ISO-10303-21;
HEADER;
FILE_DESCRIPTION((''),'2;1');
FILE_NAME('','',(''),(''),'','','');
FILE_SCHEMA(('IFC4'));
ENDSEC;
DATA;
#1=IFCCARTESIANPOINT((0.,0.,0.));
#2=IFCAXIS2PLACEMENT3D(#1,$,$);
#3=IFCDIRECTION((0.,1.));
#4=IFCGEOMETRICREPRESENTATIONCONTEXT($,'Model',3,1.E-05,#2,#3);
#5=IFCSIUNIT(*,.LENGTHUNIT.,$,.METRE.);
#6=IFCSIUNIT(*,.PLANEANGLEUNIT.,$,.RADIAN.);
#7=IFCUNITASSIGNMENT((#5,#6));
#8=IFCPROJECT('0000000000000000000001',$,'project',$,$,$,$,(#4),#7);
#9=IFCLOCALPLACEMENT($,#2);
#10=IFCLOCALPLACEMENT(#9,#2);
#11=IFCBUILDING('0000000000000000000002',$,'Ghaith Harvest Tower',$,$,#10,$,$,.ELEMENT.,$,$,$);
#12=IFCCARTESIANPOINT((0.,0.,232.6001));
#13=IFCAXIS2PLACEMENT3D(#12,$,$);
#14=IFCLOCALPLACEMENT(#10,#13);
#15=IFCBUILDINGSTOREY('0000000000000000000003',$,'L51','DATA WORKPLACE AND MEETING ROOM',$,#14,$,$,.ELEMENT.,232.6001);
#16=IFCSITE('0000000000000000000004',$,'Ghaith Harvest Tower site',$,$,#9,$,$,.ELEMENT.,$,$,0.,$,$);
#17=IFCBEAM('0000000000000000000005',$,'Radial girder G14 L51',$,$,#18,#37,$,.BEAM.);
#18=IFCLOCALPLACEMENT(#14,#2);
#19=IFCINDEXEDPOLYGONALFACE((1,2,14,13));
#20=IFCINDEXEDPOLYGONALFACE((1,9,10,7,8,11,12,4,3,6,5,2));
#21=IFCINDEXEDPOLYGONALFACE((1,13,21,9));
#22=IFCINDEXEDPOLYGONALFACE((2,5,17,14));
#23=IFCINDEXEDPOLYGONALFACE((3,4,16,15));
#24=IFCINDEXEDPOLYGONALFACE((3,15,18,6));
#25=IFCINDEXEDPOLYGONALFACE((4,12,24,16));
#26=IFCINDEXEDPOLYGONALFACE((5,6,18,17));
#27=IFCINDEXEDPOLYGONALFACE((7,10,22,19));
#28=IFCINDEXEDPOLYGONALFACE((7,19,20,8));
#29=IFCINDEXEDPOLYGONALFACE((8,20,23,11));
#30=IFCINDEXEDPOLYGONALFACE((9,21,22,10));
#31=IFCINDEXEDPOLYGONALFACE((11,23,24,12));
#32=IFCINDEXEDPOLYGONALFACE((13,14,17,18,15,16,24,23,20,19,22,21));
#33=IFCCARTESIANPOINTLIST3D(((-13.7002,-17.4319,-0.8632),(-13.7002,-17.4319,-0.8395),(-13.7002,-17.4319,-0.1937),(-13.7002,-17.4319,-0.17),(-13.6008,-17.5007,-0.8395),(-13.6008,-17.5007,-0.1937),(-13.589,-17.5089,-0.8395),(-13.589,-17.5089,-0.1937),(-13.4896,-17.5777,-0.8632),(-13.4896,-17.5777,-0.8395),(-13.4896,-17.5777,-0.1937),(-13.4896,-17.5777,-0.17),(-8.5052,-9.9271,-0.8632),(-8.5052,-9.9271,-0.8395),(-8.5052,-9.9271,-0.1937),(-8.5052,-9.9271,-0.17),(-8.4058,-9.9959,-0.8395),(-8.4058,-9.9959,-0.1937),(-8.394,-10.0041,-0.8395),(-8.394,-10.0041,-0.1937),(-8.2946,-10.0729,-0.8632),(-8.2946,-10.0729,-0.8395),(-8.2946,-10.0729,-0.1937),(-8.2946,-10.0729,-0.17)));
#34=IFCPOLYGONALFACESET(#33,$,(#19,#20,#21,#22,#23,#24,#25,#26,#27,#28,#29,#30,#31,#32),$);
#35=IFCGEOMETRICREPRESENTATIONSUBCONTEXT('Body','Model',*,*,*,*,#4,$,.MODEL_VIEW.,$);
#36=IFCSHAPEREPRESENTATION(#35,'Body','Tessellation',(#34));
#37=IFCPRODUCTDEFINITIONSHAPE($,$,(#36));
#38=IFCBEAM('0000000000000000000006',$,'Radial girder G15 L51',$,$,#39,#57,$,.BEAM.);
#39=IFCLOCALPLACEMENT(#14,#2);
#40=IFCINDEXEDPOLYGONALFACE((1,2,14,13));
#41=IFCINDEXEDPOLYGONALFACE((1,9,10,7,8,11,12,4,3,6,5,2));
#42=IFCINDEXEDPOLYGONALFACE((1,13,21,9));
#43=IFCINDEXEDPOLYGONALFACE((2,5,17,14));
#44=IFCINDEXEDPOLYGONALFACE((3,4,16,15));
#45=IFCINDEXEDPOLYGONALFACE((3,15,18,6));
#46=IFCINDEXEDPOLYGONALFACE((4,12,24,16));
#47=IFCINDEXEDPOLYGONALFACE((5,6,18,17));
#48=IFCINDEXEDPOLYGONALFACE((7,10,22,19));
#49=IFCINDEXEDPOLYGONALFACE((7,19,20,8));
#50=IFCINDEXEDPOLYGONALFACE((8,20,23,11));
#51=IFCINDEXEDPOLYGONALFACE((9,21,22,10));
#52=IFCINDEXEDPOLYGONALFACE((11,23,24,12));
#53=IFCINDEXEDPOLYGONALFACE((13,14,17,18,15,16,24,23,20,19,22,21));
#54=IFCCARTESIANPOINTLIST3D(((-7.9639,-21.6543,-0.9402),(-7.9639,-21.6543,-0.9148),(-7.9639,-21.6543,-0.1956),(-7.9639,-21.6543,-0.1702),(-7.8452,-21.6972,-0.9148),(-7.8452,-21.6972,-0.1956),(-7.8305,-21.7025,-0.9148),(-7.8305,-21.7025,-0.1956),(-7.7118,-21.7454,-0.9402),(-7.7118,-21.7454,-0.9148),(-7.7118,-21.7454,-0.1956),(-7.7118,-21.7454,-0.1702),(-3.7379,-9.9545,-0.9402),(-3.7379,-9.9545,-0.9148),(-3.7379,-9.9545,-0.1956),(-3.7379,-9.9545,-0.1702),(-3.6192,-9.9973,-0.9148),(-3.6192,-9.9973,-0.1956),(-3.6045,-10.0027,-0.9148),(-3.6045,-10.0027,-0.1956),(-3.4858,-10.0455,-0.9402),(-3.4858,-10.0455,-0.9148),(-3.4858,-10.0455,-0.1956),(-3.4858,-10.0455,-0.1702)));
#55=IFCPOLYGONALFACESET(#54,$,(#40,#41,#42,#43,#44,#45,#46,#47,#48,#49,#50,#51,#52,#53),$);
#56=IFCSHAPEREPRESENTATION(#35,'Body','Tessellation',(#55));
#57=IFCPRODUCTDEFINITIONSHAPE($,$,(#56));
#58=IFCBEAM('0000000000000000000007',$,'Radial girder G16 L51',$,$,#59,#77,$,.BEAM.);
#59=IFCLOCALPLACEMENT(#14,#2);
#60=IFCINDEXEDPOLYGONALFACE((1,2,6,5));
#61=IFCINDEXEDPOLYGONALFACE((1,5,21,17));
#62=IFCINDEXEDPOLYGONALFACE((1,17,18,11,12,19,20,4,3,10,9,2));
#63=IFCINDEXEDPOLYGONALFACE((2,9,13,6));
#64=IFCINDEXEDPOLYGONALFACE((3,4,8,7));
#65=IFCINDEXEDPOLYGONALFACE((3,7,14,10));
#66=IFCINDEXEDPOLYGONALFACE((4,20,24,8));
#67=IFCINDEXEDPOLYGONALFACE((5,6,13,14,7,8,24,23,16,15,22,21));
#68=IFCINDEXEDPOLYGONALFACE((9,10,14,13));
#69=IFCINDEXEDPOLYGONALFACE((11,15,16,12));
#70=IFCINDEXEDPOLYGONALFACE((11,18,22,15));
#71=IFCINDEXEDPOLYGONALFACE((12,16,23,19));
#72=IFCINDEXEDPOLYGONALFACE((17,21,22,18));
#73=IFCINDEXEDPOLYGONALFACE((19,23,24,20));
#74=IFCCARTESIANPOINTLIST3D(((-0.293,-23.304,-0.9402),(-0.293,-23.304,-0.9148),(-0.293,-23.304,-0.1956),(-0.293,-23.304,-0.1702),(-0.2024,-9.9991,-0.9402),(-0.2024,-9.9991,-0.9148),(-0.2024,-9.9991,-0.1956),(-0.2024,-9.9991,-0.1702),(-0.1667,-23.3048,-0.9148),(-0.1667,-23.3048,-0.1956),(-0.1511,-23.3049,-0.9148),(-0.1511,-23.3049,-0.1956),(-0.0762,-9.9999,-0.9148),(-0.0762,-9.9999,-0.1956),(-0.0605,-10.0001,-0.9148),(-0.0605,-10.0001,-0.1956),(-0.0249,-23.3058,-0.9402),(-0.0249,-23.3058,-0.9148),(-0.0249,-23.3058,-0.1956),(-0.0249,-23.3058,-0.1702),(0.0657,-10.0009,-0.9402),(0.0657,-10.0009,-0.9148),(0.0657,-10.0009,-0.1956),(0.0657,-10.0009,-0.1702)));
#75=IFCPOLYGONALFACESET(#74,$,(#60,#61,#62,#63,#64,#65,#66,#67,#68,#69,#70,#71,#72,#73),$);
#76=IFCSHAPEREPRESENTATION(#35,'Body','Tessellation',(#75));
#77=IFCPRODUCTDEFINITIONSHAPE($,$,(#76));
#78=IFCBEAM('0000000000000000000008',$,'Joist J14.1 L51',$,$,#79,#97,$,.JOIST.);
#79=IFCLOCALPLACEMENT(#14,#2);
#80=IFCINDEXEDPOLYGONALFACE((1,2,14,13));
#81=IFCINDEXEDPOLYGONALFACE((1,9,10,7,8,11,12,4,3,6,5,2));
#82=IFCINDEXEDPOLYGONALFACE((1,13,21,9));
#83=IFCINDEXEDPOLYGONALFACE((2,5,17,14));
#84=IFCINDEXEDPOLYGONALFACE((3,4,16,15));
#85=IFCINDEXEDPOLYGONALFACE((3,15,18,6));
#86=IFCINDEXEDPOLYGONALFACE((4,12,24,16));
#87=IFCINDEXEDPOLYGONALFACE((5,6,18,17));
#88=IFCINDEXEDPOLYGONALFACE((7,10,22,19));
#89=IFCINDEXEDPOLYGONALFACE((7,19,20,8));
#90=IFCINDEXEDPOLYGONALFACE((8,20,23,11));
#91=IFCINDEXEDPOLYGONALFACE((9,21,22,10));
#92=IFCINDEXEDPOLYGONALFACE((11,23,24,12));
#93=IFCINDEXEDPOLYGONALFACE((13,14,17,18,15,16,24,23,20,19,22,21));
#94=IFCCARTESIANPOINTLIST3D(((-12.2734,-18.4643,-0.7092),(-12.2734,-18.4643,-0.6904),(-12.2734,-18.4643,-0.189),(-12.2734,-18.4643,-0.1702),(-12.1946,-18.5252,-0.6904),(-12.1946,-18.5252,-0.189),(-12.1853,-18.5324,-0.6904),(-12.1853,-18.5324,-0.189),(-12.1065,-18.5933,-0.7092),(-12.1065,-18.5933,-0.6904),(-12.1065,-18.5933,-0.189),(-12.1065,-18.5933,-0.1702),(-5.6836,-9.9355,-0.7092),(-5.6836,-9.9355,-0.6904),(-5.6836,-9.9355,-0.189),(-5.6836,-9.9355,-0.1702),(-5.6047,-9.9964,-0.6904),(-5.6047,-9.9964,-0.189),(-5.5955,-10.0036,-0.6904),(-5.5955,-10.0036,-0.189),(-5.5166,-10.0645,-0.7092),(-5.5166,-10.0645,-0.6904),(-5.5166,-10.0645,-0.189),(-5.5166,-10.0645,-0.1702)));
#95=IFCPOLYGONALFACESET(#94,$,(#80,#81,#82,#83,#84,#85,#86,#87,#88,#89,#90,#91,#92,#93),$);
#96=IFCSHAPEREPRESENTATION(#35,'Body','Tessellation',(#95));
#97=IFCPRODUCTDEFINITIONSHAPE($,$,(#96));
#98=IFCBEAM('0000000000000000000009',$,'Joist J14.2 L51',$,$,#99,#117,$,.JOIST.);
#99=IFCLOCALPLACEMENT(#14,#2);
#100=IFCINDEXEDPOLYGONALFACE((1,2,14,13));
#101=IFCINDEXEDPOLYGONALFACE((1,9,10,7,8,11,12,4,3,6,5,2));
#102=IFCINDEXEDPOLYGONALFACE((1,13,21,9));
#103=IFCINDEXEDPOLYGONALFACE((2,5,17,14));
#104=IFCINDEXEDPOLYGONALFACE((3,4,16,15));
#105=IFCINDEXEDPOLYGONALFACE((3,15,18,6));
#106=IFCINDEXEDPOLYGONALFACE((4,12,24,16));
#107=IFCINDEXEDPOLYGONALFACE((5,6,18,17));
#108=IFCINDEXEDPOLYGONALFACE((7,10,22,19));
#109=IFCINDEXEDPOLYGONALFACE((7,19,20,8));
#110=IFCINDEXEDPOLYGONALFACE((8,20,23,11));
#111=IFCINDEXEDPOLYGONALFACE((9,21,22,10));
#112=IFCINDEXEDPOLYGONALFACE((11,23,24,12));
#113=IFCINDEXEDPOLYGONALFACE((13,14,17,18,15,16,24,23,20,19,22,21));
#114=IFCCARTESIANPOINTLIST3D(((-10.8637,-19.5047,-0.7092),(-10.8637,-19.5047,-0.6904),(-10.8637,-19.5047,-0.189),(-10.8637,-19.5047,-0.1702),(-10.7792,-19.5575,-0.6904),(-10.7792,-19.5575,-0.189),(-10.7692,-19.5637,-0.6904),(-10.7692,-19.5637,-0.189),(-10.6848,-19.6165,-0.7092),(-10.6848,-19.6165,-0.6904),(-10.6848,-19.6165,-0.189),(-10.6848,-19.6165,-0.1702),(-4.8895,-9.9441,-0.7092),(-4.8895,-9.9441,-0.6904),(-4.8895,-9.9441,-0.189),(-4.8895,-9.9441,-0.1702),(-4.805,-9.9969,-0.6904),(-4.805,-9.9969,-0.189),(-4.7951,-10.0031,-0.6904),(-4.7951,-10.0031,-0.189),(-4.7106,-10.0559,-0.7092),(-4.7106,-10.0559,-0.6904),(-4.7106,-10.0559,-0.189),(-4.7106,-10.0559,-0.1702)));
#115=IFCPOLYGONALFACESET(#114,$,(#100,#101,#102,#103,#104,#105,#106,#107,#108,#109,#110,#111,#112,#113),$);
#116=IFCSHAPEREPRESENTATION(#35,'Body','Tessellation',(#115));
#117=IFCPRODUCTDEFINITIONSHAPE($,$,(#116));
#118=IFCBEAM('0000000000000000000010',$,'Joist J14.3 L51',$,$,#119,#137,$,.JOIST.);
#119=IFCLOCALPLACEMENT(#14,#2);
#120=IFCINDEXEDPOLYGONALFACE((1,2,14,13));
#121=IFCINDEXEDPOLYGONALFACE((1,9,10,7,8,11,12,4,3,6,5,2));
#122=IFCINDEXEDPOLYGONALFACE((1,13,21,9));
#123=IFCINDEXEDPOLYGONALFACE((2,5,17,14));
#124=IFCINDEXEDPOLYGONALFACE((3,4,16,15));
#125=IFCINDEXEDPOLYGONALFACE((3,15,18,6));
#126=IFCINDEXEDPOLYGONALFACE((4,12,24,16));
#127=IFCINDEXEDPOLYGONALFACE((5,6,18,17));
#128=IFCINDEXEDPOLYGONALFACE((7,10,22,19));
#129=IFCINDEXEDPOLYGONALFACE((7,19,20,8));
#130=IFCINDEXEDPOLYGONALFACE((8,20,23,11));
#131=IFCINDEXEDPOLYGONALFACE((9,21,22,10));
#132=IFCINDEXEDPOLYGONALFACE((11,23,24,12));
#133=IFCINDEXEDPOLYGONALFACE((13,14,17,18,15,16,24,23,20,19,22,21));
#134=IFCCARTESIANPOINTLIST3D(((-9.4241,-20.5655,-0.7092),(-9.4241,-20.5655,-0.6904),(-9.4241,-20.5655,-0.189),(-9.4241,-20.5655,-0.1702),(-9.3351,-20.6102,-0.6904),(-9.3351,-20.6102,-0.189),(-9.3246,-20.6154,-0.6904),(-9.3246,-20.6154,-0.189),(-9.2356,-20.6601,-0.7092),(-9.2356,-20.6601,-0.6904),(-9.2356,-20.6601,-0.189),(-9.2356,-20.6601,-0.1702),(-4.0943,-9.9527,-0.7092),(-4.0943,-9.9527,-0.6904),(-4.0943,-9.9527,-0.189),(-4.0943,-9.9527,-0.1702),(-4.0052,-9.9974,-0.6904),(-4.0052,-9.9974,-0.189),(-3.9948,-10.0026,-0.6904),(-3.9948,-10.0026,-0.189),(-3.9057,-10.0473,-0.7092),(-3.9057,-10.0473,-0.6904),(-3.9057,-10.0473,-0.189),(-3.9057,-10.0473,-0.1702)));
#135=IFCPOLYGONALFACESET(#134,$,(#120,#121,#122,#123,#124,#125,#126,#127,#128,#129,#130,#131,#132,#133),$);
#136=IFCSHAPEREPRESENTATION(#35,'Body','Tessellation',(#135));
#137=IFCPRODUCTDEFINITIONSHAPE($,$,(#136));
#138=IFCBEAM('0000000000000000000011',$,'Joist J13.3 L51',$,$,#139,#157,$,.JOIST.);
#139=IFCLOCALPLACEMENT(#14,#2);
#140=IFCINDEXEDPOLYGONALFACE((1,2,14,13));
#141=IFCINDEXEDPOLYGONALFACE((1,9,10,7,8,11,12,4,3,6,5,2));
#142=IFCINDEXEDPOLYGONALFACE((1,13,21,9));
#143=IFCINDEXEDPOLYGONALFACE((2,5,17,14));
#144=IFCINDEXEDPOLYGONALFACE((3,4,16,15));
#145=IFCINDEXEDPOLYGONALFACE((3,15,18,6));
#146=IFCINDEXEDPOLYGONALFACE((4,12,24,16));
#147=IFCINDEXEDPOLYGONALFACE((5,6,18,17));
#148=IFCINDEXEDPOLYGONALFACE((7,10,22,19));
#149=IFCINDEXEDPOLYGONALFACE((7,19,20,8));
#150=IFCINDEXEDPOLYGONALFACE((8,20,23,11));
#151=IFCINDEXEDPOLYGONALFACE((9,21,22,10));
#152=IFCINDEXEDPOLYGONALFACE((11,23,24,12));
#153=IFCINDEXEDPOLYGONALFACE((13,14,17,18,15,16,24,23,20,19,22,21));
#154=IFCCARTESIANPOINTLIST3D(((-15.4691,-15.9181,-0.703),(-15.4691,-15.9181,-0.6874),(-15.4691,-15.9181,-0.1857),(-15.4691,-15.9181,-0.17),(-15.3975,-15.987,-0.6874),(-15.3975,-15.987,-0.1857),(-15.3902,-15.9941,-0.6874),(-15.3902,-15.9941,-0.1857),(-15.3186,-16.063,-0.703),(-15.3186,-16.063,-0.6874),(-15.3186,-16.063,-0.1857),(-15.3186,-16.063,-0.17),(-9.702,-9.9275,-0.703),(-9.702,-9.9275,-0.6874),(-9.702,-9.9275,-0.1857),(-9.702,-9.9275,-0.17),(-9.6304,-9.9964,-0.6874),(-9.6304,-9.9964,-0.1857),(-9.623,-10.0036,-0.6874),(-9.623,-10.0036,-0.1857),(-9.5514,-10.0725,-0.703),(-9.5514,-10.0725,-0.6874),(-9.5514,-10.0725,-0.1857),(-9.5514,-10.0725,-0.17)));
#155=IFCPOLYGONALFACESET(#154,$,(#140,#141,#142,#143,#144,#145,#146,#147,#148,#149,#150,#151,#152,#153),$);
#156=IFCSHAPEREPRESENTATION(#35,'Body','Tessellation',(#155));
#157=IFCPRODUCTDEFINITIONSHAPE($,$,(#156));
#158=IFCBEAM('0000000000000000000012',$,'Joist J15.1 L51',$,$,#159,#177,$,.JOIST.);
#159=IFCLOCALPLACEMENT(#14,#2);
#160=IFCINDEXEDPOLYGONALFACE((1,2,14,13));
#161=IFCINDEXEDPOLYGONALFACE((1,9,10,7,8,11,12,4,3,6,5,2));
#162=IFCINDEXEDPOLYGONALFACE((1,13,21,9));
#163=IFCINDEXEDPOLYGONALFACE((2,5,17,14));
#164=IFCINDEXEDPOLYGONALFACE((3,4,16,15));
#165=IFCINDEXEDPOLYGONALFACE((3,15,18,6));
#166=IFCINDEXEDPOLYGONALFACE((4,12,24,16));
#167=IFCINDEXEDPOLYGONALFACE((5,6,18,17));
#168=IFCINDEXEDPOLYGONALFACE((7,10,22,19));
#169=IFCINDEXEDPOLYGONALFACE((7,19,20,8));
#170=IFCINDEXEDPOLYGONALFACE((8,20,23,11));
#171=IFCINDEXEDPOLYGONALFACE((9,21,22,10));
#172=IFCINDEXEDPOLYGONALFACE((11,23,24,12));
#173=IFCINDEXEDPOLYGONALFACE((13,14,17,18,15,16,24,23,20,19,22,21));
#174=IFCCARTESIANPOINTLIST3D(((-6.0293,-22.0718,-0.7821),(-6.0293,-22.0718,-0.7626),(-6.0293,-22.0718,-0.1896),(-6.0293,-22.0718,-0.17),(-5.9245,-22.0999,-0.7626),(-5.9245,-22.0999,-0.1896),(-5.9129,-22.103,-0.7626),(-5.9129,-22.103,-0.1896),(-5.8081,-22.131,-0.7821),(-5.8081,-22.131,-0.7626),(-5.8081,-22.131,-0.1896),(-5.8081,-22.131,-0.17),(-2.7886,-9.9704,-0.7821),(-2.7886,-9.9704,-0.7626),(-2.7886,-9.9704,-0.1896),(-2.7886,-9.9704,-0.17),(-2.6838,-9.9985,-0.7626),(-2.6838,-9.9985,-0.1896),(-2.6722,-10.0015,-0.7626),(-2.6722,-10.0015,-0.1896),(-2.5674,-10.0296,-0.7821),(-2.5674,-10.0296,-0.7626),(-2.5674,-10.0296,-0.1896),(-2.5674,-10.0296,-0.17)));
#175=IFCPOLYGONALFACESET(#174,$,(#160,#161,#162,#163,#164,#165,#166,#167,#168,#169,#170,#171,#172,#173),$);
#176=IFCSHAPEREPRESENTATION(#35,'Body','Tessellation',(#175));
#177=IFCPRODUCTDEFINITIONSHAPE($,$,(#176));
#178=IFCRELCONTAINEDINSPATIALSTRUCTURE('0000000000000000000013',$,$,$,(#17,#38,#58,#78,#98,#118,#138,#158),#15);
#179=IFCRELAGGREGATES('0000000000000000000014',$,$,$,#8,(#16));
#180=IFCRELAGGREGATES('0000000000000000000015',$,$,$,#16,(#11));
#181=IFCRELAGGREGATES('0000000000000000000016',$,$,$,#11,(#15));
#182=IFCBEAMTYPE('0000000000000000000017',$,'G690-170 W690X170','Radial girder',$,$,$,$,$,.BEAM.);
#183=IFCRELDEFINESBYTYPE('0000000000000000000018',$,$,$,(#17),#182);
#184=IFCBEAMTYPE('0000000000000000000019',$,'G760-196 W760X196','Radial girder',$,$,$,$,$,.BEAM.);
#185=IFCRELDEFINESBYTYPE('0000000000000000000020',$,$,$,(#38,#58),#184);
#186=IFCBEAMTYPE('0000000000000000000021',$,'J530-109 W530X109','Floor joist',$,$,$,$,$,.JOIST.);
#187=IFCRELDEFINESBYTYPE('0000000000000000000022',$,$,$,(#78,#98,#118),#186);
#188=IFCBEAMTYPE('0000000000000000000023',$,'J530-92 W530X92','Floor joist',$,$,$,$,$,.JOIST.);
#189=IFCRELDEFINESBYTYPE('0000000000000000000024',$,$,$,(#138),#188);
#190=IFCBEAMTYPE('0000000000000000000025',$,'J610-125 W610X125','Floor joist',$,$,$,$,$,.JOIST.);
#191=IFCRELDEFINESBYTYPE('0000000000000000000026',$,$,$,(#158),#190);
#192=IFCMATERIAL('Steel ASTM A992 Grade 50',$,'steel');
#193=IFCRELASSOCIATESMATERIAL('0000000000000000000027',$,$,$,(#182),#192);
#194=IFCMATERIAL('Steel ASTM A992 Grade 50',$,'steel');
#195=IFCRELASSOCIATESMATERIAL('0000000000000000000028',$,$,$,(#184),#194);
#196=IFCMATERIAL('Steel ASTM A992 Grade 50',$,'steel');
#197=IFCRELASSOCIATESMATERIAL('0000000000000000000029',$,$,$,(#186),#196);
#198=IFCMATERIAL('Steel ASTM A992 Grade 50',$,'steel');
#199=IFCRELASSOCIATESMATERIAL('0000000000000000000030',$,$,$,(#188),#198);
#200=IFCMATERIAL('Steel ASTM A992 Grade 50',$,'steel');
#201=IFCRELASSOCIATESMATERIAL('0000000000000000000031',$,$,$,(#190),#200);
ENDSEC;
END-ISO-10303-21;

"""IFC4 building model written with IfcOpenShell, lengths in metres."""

from ifc_helpers import new_model, si_unit, direction, frame, origin, origin_2d, place, context, subcontext, project, spatial, i_section, extrude, material, material_profile, profile_set, type_object, element, save


model = new_model("IFC4")

# Units and contexts
model_context = context("Model", 3, precision=1e-05, world=origin(), true_north=direction((0.0, 1.0)))
body_context = subcontext(model_context, "Body", "Model", "MODEL_VIEW")
ifc_project = project(units=[si_unit("LENGTHUNIT", "METRE"), si_unit("PLANEANGLEUNIT", "RADIAN")], contexts=[model_context])

# Site, building, storey
site_placement = place(None, origin())
site = spatial("IfcSite", under=ifc_project, at=site_placement, Name="Ghaith Harvest Tower site", CompositionType="ELEMENT", RefElevation=0.0)
building_placement = place(site_placement, origin())
building = spatial("IfcBuilding", under=site, at=building_placement, Name="Ghaith Harvest Tower", CompositionType="ELEMENT")
storey_placement = place(building_placement, frame((0.0, 0.0, 232.6001)))
storey = spatial("IfcBuildingStorey", under=building, at=storey_placement, Name="L51", Description="DATA WORKPLACE AND MEETING ROOM", CompositionType="ELEMENT", Elevation=232.6001)

# Beams
ifc_material_1 = material(Name="Steel ASTM A992 Grade 50", Category="steel")
ifc_material_profile_1 = material_profile(ifc_material_1, i_section(OverallWidth=0.2561, OverallDepth=0.6931, WebThickness=0.0144, FlangeThickness=0.0237, at=origin_2d()), Name="W690X170")
ifc_profile_set_1 = profile_set([ifc_material_profile_1], Name="Steel ASTM A992 Grade 50")
beam_type_1 = type_object("IfcBeamType", Name="G690-170 W690X170", Description="Radial girder", PredefinedType="BEAM", material=ifc_profile_set_1)
beam_1_placement = place(storey_placement, frame((-8.3999, -10.0, -0.5166), z_axis=(-0.569164, -0.822224, 0.0), x_axis=(0.822224, -0.569164, 0.0)))
element("IfcBeam", 1, at=beam_1_placement, inside=storey, type_object=beam_type_1, Name="Radial girder G14 L51", PredefinedType="BEAM", context=body_context, shape_type="SweptSolid", body=[
    extrude(i_section(OverallWidth=0.2561, OverallDepth=0.6931, WebThickness=0.0144, FlangeThickness=0.0237, at=origin_2d()), origin(), (0.0, 0.0, 1.0), 9.1274),
])
ifc_material_2 = material(Name="Steel ASTM A992 Grade 50", Category="steel")
ifc_material_profile_2 = material_profile(ifc_material_2, i_section(OverallWidth=0.2681, OverallDepth=0.77, WebThickness=0.0156, FlangeThickness=0.0254, at=origin_2d()), Name="W760X196")
ifc_profile_set_2 = profile_set([ifc_material_profile_2], Name="Steel ASTM A992 Grade 50")
beam_type_2 = type_object("IfcBeamType", Name="G760-196 W760X196", Description="Radial girder", PredefinedType="BEAM", material=ifc_profile_set_2)
beam_2_placement = place(storey_placement, frame((-3.6118, -10.0, -0.5552), z_axis=(-0.339722, -0.940526, 0.0), x_axis=(0.940526, -0.339722, 0.0)))
element("IfcBeam", 2, at=beam_2_placement, inside=storey, type_object=beam_type_2, Name="Radial girder G15 L51", PredefinedType="BEAM", context=body_context, shape_type="SweptSolid", body=[
    extrude(i_section(OverallWidth=0.2681, OverallDepth=0.77, WebThickness=0.0156, FlangeThickness=0.0254, at=origin_2d()), origin(), (0.0, 0.0, 1.0), 12.4397),
])
beam_3_placement = place(storey_placement, frame((-0.0684, -10.0, -0.5552), z_axis=(-0.006808, -0.999977, 0.0), x_axis=(0.999977, -0.006808, 0.0)))
element("IfcBeam", 3, at=beam_3_placement, inside=storey, type_object=beam_type_2, Name="Radial girder G16 L51", PredefinedType="BEAM", context=body_context, shape_type="SweptSolid", body=[
    extrude(i_section(OverallWidth=0.2681, OverallDepth=0.77, WebThickness=0.0156, FlangeThickness=0.0254, at=origin_2d()), origin(), (0.0, 0.0, 1.0), 13.3052),
])
ifc_material_3 = material(Name="Steel ASTM A992 Grade 50", Category="steel")
ifc_material_profile_3 = material_profile(ifc_material_3, i_section(OverallWidth=0.2109, OverallDepth=0.5391, WebThickness=0.0117, FlangeThickness=0.0188, at=origin_2d()), Name="W530X109")
ifc_profile_set_3 = profile_set([ifc_material_profile_3], Name="Steel ASTM A992 Grade 50")
beam_type_3 = type_object("IfcBeamType", Name="J530-109 W530X109", Description="Floor joist", PredefinedType="JOIST", material=ifc_profile_set_3)
beam_4_placement = place(storey_placement, frame((-5.6001, -10.0, -0.4397), z_axis=(-0.611413, -0.791312, 0.0), x_axis=(0.791312, -0.611413, 0.0)))
element("IfcBeam", 4, at=beam_4_placement, inside=storey, type_object=beam_type_3, Name="Joist J14.1 L51", PredefinedType="JOIST", context=body_context, shape_type="SweptSolid", body=[
    extrude(i_section(OverallWidth=0.2109, OverallDepth=0.5391, WebThickness=0.0117, FlangeThickness=0.0188, at=origin_2d()), origin(), (0.0, 0.0, 1.0), 10.7781),
])
beam_5_placement = place(storey_placement, frame((-4.8, -10.0, -0.4397), z_axis=(-0.529921, -0.848047, 0.0), x_axis=(0.848047, -0.529921, 0.0)))
element("IfcBeam", 5, at=beam_5_placement, inside=storey, type_object=beam_type_3, Name="Joist J14.2 L51", PredefinedType="JOIST", context=body_context, shape_type="SweptSolid", body=[
    extrude(i_section(OverallWidth=0.2109, OverallDepth=0.5391, WebThickness=0.0117, FlangeThickness=0.0188, at=origin_2d()), origin(), (0.0, 0.0, 1.0), 11.2737),
])
beam_6_placement = place(storey_placement, frame((-4.0, -10.0, -0.4397), z_axis=(-0.448792, -0.893636, 0.0), x_axis=(0.893636, -0.448792, 0.0)))
element("IfcBeam", 6, at=beam_6_placement, inside=storey, type_object=beam_type_3, Name="Joist J14.3 L51", PredefinedType="JOIST", context=body_context, shape_type="SweptSolid", body=[
    extrude(i_section(OverallWidth=0.2109, OverallDepth=0.5391, WebThickness=0.0117, FlangeThickness=0.0188, at=origin_2d()), origin(), (0.0, 0.0, 1.0), 11.876),
])
ifc_material_4 = material(Name="Steel ASTM A992 Grade 50", Category="steel")
ifc_material_profile_4 = material_profile(ifc_material_4, i_section(OverallWidth=0.209, OverallDepth=0.533, WebThickness=0.0103, FlangeThickness=0.0156, at=origin_2d()), Name="W530X92")
ifc_profile_set_4 = profile_set([ifc_material_profile_4], Name="Steel ASTM A992 Grade 50")
beam_type_4 = type_object("IfcBeamType", Name="J530-92 W530X92", Description="Floor joist", PredefinedType="JOIST", material=ifc_profile_set_4)
beam_7_placement = place(storey_placement, frame((-9.6267, -10.0, -0.4365), z_axis=(-0.693547, -0.720411, 0.0), x_axis=(0.720411, -0.693547, 0.0)))
element("IfcBeam", 7, at=beam_7_placement, inside=storey, type_object=beam_type_4, Name="Joist J13.3 L51", PredefinedType="JOIST", context=body_context, shape_type="SweptSolid", body=[
    extrude(i_section(OverallWidth=0.209, OverallDepth=0.533, WebThickness=0.0103, FlangeThickness=0.0156, at=origin_2d()), origin(), (0.0, 0.0, 1.0), 8.3154),
])
ifc_material_5 = material(Name="Steel ASTM A992 Grade 50", Category="steel")
ifc_material_profile_5 = material_profile(ifc_material_5, i_section(OverallWidth=0.229, OverallDepth=0.6121, WebThickness=0.012, FlangeThickness=0.0195, at=origin_2d()), Name="W610X125")
ifc_profile_set_5 = profile_set([ifc_material_profile_5], Name="Steel ASTM A992 Grade 50")
beam_type_5 = type_object("IfcBeamType", Name="J610-125 W610X125", Description="Floor joist", PredefinedType="JOIST", material=ifc_profile_set_5)
beam_8_placement = place(storey_placement, frame((-2.678, -10.0, -0.4761), z_axis=(-0.258684, -0.965962, 0.0), x_axis=(0.965962, -0.258684, 0.0)))
element("IfcBeam", 8, at=beam_8_placement, inside=storey, type_object=beam_type_5, Name="Joist J15.1 L51", PredefinedType="JOIST", context=body_context, shape_type="SweptSolid", body=[
    extrude(i_section(OverallWidth=0.229, OverallDepth=0.6121, WebThickness=0.012, FlangeThickness=0.0195, at=origin_2d()), origin(), (0.0, 0.0, 1.0), 12.5278),
])

save(model, "model.ifc")
